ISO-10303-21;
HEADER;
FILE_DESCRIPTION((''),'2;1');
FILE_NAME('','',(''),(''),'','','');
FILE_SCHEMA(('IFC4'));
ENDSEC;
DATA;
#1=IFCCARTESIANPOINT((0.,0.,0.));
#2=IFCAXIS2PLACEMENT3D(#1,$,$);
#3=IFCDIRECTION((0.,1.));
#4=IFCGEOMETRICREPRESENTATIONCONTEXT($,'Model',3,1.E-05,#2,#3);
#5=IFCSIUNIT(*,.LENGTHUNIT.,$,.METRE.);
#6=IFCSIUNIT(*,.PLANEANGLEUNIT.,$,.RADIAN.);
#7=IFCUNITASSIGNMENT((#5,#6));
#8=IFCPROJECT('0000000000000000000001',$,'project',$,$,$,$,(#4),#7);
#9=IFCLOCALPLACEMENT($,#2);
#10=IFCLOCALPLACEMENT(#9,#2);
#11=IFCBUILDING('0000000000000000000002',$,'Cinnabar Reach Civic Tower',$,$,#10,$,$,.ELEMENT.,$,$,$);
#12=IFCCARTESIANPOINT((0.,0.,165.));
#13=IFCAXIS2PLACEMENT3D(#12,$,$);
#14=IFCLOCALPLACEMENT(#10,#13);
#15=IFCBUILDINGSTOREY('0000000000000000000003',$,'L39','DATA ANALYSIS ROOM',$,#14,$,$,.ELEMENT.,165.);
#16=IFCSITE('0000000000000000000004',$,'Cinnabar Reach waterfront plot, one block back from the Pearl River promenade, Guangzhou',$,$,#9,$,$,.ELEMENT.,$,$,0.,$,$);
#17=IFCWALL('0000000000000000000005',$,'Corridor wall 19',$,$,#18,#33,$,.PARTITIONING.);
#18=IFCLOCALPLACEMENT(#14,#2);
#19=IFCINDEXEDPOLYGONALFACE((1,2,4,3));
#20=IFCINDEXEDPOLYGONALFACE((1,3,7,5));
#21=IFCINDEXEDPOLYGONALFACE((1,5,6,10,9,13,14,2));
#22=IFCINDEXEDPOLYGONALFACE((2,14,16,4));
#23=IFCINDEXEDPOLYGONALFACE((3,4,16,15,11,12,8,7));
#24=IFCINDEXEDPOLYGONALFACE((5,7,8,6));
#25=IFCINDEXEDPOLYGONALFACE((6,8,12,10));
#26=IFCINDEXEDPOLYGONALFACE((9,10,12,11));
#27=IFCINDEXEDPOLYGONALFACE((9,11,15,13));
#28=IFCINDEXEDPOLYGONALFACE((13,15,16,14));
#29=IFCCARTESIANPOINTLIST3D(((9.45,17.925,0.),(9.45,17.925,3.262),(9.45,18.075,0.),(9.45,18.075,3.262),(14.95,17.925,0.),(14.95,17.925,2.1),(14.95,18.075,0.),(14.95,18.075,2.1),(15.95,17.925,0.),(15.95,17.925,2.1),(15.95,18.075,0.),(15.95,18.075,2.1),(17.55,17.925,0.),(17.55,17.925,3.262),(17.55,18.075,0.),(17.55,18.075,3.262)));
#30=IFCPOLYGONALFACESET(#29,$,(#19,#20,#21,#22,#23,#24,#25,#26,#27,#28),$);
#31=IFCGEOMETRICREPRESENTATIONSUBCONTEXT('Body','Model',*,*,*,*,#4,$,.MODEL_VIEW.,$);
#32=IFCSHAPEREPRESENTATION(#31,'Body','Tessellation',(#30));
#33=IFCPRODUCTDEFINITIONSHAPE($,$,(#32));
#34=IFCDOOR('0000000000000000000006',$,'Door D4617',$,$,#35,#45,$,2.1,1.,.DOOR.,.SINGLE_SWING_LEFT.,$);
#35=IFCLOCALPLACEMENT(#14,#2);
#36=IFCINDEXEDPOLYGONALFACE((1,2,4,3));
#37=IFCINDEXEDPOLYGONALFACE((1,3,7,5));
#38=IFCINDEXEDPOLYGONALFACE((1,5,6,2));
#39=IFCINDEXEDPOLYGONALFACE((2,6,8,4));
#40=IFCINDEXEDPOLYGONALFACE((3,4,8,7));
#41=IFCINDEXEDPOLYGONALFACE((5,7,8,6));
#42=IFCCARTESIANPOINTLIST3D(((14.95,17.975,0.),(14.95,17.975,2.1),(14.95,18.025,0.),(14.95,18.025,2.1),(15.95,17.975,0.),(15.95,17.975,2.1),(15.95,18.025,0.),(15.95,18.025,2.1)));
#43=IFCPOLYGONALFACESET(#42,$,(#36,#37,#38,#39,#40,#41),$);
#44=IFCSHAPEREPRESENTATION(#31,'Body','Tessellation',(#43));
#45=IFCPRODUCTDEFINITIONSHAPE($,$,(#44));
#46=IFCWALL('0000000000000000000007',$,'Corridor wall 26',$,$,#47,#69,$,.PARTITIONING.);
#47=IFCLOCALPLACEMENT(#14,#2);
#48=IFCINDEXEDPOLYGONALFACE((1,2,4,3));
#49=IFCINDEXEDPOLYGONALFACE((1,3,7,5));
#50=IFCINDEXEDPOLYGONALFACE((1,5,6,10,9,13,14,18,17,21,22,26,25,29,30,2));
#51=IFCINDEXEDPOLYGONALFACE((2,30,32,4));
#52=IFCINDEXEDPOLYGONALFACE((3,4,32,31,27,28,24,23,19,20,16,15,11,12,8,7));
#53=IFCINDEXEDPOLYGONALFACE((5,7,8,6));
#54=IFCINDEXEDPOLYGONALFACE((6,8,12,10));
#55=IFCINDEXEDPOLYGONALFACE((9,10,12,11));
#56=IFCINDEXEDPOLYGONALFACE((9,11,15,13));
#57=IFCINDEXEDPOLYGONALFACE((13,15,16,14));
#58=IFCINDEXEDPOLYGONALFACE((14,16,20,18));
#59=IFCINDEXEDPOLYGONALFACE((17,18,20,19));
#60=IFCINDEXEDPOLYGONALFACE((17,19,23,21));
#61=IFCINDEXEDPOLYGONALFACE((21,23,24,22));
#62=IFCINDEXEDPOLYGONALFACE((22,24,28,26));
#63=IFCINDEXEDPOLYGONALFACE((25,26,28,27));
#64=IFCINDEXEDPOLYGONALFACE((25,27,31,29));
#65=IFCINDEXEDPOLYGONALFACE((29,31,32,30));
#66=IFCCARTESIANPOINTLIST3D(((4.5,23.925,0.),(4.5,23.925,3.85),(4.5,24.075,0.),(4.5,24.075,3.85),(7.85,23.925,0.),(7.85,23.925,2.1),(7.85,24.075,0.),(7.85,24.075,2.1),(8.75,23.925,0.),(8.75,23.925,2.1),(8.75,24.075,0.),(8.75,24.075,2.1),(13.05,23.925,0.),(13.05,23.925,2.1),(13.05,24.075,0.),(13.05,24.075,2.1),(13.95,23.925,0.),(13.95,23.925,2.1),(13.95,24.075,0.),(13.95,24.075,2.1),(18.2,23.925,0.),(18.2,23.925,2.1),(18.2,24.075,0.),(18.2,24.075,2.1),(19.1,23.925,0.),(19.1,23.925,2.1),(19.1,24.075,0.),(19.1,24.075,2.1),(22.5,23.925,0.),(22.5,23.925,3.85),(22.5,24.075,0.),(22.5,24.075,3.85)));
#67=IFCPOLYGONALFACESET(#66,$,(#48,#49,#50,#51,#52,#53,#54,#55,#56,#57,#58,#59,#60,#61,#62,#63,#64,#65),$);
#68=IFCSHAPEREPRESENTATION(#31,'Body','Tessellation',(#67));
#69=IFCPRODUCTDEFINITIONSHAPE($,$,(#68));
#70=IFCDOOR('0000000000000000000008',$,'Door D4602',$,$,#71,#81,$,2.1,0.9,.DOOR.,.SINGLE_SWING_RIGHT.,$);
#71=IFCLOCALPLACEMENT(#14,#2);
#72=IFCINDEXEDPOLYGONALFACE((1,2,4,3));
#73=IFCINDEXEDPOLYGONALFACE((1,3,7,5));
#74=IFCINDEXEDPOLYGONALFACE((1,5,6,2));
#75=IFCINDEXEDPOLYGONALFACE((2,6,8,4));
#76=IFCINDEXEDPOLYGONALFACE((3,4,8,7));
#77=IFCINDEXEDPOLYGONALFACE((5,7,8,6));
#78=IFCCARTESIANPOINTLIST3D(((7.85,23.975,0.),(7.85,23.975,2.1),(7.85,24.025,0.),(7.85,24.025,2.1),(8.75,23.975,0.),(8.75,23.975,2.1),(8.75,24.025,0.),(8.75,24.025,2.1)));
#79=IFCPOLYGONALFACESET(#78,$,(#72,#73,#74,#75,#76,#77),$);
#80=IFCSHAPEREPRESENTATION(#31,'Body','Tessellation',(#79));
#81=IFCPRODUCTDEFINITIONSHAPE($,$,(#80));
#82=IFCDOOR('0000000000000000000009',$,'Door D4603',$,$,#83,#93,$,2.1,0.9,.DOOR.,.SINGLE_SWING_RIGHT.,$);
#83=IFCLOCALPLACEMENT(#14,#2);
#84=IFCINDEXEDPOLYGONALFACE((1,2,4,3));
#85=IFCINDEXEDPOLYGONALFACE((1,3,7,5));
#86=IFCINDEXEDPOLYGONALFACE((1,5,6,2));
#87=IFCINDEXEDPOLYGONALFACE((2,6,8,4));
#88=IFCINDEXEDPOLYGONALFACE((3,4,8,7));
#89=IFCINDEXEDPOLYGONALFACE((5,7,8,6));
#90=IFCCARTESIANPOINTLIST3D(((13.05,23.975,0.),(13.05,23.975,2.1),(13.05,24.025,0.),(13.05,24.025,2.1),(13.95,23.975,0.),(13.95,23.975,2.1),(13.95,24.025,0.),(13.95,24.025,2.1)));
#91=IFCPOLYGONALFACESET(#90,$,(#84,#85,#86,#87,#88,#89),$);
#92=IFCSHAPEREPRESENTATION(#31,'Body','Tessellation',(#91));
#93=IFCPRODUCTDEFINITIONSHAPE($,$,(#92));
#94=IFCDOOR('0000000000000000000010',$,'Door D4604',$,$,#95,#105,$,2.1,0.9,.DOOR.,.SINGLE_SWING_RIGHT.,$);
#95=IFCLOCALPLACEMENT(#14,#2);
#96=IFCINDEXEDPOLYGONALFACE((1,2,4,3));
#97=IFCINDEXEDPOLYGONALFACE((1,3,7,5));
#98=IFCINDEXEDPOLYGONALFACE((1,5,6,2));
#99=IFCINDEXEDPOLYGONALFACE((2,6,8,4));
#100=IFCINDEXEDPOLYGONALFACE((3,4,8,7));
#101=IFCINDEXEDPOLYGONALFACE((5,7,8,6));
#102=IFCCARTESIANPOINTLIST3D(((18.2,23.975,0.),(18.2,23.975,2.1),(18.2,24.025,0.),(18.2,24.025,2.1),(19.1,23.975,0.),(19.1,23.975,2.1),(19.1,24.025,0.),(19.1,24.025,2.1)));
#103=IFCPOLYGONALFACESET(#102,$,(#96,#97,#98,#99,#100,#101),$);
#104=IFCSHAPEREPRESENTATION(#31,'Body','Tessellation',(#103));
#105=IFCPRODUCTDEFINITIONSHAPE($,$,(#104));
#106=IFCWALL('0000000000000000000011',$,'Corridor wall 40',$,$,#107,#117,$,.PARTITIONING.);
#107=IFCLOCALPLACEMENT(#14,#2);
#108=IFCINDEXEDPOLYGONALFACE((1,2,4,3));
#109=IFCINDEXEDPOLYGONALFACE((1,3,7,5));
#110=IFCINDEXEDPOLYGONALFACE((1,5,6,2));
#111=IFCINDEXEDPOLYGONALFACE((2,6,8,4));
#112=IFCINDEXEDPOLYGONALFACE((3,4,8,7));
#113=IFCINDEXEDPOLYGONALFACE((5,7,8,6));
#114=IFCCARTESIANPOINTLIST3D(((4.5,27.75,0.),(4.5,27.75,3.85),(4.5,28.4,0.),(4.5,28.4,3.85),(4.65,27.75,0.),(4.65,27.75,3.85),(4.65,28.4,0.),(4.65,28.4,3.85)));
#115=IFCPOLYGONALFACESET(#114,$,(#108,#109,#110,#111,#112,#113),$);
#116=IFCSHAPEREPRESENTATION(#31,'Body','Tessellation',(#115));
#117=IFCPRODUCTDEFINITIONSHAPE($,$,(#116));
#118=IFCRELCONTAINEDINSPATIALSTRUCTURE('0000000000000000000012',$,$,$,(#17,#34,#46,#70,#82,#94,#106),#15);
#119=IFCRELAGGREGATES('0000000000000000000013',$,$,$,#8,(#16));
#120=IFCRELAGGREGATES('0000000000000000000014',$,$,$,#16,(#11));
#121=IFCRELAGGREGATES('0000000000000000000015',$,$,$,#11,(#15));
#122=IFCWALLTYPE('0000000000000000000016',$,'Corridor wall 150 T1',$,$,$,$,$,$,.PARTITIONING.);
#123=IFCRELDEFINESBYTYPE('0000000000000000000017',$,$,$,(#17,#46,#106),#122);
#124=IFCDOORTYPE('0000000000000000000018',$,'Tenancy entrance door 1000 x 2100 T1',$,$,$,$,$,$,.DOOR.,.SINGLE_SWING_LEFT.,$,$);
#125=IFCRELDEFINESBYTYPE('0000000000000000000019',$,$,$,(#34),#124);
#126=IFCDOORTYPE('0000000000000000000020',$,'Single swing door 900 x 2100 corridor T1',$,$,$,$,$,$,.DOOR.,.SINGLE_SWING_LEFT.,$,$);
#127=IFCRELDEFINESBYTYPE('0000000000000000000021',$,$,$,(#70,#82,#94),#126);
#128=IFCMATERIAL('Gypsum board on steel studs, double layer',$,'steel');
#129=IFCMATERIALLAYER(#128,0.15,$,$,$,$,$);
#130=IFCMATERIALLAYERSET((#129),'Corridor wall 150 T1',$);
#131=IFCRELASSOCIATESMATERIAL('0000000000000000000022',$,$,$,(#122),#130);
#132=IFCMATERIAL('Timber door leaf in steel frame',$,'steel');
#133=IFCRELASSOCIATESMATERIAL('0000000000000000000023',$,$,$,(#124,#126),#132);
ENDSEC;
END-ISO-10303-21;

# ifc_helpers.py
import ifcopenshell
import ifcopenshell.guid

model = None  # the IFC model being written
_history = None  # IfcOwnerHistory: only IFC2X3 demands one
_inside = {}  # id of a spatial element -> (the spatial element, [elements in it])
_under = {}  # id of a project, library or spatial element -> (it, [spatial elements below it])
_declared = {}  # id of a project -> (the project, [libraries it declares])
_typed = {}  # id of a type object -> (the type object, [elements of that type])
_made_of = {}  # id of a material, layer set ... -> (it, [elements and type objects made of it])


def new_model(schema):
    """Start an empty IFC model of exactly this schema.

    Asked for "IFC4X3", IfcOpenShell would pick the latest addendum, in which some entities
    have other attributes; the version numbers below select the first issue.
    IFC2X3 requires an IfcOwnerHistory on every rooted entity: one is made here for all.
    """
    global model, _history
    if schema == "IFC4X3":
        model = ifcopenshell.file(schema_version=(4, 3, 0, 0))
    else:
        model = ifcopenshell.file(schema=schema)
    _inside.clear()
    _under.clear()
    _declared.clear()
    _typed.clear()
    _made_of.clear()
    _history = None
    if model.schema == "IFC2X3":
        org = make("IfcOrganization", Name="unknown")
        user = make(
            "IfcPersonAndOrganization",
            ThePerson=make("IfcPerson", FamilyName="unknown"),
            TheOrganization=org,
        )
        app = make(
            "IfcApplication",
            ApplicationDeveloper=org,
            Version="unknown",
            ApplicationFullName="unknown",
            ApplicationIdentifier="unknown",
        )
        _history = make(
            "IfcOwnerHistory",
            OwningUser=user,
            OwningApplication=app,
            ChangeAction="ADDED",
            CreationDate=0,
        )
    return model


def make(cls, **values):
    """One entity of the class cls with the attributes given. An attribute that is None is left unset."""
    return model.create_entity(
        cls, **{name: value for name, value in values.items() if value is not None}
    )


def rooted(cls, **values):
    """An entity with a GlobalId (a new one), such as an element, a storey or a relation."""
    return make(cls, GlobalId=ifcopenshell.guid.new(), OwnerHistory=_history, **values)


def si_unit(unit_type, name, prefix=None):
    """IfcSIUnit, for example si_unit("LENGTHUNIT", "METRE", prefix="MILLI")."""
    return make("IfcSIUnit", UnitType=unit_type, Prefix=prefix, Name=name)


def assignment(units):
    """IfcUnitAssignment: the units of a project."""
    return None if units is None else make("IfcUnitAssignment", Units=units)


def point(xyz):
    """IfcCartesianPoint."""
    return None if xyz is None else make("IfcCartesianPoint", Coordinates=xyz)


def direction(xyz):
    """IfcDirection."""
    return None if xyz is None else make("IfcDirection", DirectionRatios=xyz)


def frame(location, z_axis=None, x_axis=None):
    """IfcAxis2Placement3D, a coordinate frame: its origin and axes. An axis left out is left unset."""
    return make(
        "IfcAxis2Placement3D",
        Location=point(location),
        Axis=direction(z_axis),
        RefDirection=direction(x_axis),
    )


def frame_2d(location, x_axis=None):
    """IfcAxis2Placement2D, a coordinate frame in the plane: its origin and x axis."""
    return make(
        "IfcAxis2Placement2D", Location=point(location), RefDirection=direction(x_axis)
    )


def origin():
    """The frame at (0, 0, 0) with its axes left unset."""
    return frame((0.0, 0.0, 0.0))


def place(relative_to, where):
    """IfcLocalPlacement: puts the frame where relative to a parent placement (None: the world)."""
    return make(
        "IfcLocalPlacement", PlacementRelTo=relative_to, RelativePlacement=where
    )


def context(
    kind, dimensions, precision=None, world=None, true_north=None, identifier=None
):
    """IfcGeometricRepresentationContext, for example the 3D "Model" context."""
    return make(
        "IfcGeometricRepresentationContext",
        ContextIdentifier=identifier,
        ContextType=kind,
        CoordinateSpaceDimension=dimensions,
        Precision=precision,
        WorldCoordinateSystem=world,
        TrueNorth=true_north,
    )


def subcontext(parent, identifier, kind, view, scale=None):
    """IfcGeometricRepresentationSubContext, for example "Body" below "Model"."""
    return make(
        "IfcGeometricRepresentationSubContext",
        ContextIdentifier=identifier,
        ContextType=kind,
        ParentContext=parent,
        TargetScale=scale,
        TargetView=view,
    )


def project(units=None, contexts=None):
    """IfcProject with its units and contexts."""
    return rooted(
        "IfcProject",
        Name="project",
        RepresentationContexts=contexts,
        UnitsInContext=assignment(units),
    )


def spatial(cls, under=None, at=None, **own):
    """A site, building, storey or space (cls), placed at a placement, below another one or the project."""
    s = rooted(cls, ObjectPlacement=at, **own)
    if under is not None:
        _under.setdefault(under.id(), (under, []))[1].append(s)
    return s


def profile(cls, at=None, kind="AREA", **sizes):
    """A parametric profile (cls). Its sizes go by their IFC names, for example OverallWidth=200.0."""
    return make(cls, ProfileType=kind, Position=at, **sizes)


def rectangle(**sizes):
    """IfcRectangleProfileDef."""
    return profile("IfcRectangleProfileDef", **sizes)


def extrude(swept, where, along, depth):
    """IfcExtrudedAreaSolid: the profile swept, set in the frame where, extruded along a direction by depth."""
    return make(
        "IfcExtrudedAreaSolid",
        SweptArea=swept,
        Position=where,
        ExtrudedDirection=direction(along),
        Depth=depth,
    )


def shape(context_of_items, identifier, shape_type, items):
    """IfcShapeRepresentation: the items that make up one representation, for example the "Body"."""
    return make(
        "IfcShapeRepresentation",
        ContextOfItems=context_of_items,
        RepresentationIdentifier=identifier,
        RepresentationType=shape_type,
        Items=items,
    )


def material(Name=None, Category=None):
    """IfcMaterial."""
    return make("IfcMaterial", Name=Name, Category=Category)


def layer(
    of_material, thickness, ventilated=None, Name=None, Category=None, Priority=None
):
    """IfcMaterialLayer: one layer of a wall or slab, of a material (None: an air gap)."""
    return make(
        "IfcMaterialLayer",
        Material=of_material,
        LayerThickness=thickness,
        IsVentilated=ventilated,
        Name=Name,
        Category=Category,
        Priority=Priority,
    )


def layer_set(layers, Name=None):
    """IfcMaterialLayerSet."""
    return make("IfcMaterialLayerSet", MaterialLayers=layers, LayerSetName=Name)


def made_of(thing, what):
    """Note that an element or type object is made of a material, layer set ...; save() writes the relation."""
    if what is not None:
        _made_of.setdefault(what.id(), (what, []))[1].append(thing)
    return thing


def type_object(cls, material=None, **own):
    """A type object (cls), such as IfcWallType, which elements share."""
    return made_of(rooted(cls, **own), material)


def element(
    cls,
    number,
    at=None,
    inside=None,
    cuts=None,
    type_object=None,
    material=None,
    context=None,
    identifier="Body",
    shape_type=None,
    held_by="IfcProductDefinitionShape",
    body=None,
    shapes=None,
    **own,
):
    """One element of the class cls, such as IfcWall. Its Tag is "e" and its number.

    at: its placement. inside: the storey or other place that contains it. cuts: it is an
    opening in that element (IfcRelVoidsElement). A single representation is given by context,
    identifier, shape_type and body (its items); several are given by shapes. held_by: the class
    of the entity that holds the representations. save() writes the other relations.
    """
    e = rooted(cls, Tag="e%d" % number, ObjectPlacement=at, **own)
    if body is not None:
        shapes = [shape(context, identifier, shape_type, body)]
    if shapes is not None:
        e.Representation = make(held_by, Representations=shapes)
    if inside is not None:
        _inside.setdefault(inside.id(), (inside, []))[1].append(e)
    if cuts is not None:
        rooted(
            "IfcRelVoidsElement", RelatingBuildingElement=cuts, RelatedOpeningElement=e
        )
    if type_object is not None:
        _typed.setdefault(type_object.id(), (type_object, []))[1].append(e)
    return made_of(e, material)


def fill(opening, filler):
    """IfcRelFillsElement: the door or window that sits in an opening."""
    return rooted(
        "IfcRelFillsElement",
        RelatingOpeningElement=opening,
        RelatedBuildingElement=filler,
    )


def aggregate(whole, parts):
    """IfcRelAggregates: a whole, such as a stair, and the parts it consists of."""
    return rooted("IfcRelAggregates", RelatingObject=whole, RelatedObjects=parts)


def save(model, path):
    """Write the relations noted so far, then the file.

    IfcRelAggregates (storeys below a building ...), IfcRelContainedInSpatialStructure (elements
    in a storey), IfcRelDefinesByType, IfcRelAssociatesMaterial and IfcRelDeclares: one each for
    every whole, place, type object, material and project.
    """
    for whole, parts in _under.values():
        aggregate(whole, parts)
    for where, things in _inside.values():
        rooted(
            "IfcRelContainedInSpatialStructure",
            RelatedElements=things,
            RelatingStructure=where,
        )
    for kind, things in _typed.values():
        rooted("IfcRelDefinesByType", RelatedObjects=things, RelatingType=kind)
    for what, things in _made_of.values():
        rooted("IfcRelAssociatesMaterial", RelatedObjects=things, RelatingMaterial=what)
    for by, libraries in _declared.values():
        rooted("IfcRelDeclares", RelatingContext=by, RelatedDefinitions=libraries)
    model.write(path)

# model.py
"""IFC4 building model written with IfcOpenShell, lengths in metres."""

from ifc_helpers import new_model, si_unit, direction, frame, frame_2d, origin, place, context, subcontext, project, spatial, rectangle, extrude, material, layer, layer_set, type_object, element, fill, save


model = new_model("IFC4")

# Units and contexts
model_context = context("Model", 3, precision=1e-05, world=origin(), true_north=direction((0.0, 1.0)))
body_context = subcontext(model_context, "Body", "Model", "MODEL_VIEW")
ifc_project = project(units=[si_unit("LENGTHUNIT", "METRE"), si_unit("PLANEANGLEUNIT", "RADIAN")], contexts=[model_context])

# Site, building, storey
site_placement = place(None, origin())
site = spatial("IfcSite", under=ifc_project, at=site_placement, Name="Cinnabar Reach waterfront plot, one block back from the Pearl River promenade, Guangzhou", CompositionType="ELEMENT", RefElevation=0.0)
building_placement = place(site_placement, origin())
building = spatial("IfcBuilding", under=site, at=building_placement, Name="Cinnabar Reach Civic Tower", CompositionType="ELEMENT")
storey_placement = place(building_placement, frame((0.0, 0.0, 165.0)))
storey = spatial("IfcBuildingStorey", under=building, at=storey_placement, Name="L39", Description="DATA ANALYSIS ROOM", CompositionType="ELEMENT", Elevation=165.0)

# Wall, opening, door
ifc_material_1 = material(Name="Timber door leaf in steel frame", Category="steel")
ifc_material_2 = material(Name="Gypsum board on steel studs, double layer", Category="steel")
ifc_layer_1 = layer(ifc_material_2, 0.15)
ifc_layer_set_1 = layer_set([ifc_layer_1], Name="Corridor wall 150 T1")
wall_type_1 = type_object("IfcWallType", Name="Corridor wall 150 T1", PredefinedType="PARTITIONING", material=ifc_layer_set_1)
wall_1_placement = place(storey_placement, frame((9.45, 18.0, 0.0), z_axis=(0.0, 0.0, 1.0), x_axis=(1.0, 0.0, 0.0)))
wall_1 = element("IfcWall", 1, at=wall_1_placement, inside=storey, type_object=wall_type_1, Name="Corridor wall 19", PredefinedType="PARTITIONING", context=body_context, shape_type="SweptSolid", body=[
    extrude(rectangle(XDim=8.1, YDim=0.15, at=frame_2d((4.05, 0.0))), origin(), (0.0, 0.0, 1.0), 3.262),
])
opening_1_placement = place(wall_1_placement, frame((5.5, 0.0, 0.0)))
opening_1 = element("IfcOpeningElement", 2, at=opening_1_placement, cuts=wall_1, PredefinedType="OPENING", context=body_context, shape_type="SweptSolid", body=[
    extrude(rectangle(XDim=1.0, YDim=2.1, at=frame_2d((0.5, 1.05))), frame((0.0, 0.085, 0.0), z_axis=(0.0, -1.0, 0.0), x_axis=(1.0, 0.0, 0.0)), (0.0, 0.0, 1.0), 0.17),
])
door_type_1 = type_object("IfcDoorType", Name="Tenancy entrance door 1000 x 2100 T1", OperationType="SINGLE_SWING_LEFT", PredefinedType="DOOR", material=ifc_material_1)
door_1_placement = place(opening_1_placement, frame((1.0, 0.0, 0.0), z_axis=(0.0, 0.0, 1.0), x_axis=(-1.0, 0.0, 0.0)))
door_1 = element("IfcDoor", 3, at=door_1_placement, inside=storey, type_object=door_type_1, Name="Door D4617", OperationType="SINGLE_SWING_LEFT", OverallHeight=2.1, OverallWidth=1.0, PredefinedType="DOOR", context=body_context, shape_type="SweptSolid", body=[
    extrude(rectangle(XDim=1.0, YDim=2.1, at=frame_2d((0.5, 1.05))), frame((0.0, 0.025, 0.0), z_axis=(0.0, -1.0, 0.0), x_axis=(1.0, 0.0, 0.0)), (0.0, 0.0, 1.0), 0.05),
])
fill(opening_1, door_1)

# Wall, openings, doors
wall_2_placement = place(storey_placement, frame((4.5, 24.0, 0.0), z_axis=(0.0, 0.0, 1.0), x_axis=(1.0, 0.0, 0.0)))
wall_2 = element("IfcWall", 4, at=wall_2_placement, inside=storey, type_object=wall_type_1, Name="Corridor wall 26", PredefinedType="PARTITIONING", context=body_context, shape_type="SweptSolid", body=[
    extrude(rectangle(XDim=18.0, YDim=0.15, at=frame_2d((9.0, 0.0))), origin(), (0.0, 0.0, 1.0), 3.85),
])
opening_2_placement = place(wall_2_placement, frame((3.35, 0.0, 0.0)))
opening_2 = element("IfcOpeningElement", 5, at=opening_2_placement, cuts=wall_2, PredefinedType="OPENING", context=body_context, shape_type="SweptSolid", body=[
    extrude(rectangle(XDim=0.9, YDim=2.1, at=frame_2d((0.45, 1.05))), frame((0.0, 0.085, 0.0), z_axis=(0.0, -1.0, 0.0), x_axis=(1.0, 0.0, 0.0)), (0.0, 0.0, 1.0), 0.17),
])
opening_3_placement = place(wall_2_placement, frame((8.55, 0.0, 0.0)))
opening_3 = element("IfcOpeningElement", 6, at=opening_3_placement, cuts=wall_2, PredefinedType="OPENING", context=body_context, shape_type="SweptSolid", body=[
    extrude(rectangle(XDim=0.9, YDim=2.1, at=frame_2d((0.45, 1.05))), frame((0.0, 0.085, 0.0), z_axis=(0.0, -1.0, 0.0), x_axis=(1.0, 0.0, 0.0)), (0.0, 0.0, 1.0), 0.17),
])
opening_4_placement = place(wall_2_placement, frame((13.7, 0.0, 0.0)))
opening_4 = element("IfcOpeningElement", 7, at=opening_4_placement, cuts=wall_2, PredefinedType="OPENING", context=body_context, shape_type="SweptSolid", body=[
    extrude(rectangle(XDim=0.9, YDim=2.1, at=frame_2d((0.45, 1.05))), frame((0.0, 0.085, 0.0), z_axis=(0.0, -1.0, 0.0), x_axis=(1.0, 0.0, 0.0)), (0.0, 0.0, 1.0), 0.17),
])
door_type_2 = type_object("IfcDoorType", Name="Single swing door 900 x 2100 corridor T1", OperationType="SINGLE_SWING_LEFT", PredefinedType="DOOR", material=ifc_material_1)
door_2_placement = place(opening_2_placement, frame((0.9, 0.0, 0.0), z_axis=(0.0, 0.0, 1.0), x_axis=(-1.0, 0.0, 0.0)))
door_2 = element("IfcDoor", 8, at=door_2_placement, inside=storey, type_object=door_type_2, Name="Door D4602", OperationType="SINGLE_SWING_RIGHT", OverallHeight=2.1, OverallWidth=0.9, PredefinedType="DOOR", context=body_context, shape_type="SweptSolid", body=[
    extrude(rectangle(XDim=0.9, YDim=2.1, at=frame_2d((0.45, 1.05))), frame((0.0, 0.025, 0.0), z_axis=(0.0, -1.0, 0.0), x_axis=(1.0, 0.0, 0.0)), (0.0, 0.0, 1.0), 0.05),
])
fill(opening_2, door_2)
door_3_placement = place(opening_3_placement, frame((0.9, 0.0, 0.0), z_axis=(0.0, 0.0, 1.0), x_axis=(-1.0, 0.0, 0.0)))
door_3 = element("IfcDoor", 9, at=door_3_placement, inside=storey, type_object=door_type_2, Name="Door D4603", OperationType="SINGLE_SWING_RIGHT", OverallHeight=2.1, OverallWidth=0.9, PredefinedType="DOOR", context=body_context, shape_type="SweptSolid", body=[
    extrude(rectangle(XDim=0.9, YDim=2.1, at=frame_2d((0.45, 1.05))), frame((0.0, 0.025, 0.0), z_axis=(0.0, -1.0, 0.0), x_axis=(1.0, 0.0, 0.0)), (0.0, 0.0, 1.0), 0.05),
])
fill(opening_3, door_3)
door_4_placement = place(opening_4_placement, frame((0.9, 0.0, 0.0), z_axis=(0.0, 0.0, 1.0), x_axis=(-1.0, 0.0, 0.0)))
door_4 = element("IfcDoor", 10, at=door_4_placement, inside=storey, type_object=door_type_2, Name="Door D4604", OperationType="SINGLE_SWING_RIGHT", OverallHeight=2.1, OverallWidth=0.9, PredefinedType="DOOR", context=body_context, shape_type="SweptSolid", body=[
    extrude(rectangle(XDim=0.9, YDim=2.1, at=frame_2d((0.45, 1.05))), frame((0.0, 0.025, 0.0), z_axis=(0.0, -1.0, 0.0), x_axis=(1.0, 0.0, 0.0)), (0.0, 0.0, 1.0), 0.05),
])
fill(opening_4, door_4)

# Wall
wall_3_placement = place(storey_placement, frame((4.575, 27.75, 0.0), z_axis=(0.0, 0.0, 1.0), x_axis=(0.0, 1.0, 0.0)))
element("IfcWall", 11, at=wall_3_placement, inside=storey, type_object=wall_type_1, Name="Corridor wall 40", PredefinedType="PARTITIONING", context=body_context, shape_type="SweptSolid", body=[
    extrude(rectangle(XDim=0.65, YDim=0.15, at=frame_2d((0.325, 0.0))), origin(), (0.0, 0.0, 1.0), 3.85),
])

save(model, "model.ifc")
